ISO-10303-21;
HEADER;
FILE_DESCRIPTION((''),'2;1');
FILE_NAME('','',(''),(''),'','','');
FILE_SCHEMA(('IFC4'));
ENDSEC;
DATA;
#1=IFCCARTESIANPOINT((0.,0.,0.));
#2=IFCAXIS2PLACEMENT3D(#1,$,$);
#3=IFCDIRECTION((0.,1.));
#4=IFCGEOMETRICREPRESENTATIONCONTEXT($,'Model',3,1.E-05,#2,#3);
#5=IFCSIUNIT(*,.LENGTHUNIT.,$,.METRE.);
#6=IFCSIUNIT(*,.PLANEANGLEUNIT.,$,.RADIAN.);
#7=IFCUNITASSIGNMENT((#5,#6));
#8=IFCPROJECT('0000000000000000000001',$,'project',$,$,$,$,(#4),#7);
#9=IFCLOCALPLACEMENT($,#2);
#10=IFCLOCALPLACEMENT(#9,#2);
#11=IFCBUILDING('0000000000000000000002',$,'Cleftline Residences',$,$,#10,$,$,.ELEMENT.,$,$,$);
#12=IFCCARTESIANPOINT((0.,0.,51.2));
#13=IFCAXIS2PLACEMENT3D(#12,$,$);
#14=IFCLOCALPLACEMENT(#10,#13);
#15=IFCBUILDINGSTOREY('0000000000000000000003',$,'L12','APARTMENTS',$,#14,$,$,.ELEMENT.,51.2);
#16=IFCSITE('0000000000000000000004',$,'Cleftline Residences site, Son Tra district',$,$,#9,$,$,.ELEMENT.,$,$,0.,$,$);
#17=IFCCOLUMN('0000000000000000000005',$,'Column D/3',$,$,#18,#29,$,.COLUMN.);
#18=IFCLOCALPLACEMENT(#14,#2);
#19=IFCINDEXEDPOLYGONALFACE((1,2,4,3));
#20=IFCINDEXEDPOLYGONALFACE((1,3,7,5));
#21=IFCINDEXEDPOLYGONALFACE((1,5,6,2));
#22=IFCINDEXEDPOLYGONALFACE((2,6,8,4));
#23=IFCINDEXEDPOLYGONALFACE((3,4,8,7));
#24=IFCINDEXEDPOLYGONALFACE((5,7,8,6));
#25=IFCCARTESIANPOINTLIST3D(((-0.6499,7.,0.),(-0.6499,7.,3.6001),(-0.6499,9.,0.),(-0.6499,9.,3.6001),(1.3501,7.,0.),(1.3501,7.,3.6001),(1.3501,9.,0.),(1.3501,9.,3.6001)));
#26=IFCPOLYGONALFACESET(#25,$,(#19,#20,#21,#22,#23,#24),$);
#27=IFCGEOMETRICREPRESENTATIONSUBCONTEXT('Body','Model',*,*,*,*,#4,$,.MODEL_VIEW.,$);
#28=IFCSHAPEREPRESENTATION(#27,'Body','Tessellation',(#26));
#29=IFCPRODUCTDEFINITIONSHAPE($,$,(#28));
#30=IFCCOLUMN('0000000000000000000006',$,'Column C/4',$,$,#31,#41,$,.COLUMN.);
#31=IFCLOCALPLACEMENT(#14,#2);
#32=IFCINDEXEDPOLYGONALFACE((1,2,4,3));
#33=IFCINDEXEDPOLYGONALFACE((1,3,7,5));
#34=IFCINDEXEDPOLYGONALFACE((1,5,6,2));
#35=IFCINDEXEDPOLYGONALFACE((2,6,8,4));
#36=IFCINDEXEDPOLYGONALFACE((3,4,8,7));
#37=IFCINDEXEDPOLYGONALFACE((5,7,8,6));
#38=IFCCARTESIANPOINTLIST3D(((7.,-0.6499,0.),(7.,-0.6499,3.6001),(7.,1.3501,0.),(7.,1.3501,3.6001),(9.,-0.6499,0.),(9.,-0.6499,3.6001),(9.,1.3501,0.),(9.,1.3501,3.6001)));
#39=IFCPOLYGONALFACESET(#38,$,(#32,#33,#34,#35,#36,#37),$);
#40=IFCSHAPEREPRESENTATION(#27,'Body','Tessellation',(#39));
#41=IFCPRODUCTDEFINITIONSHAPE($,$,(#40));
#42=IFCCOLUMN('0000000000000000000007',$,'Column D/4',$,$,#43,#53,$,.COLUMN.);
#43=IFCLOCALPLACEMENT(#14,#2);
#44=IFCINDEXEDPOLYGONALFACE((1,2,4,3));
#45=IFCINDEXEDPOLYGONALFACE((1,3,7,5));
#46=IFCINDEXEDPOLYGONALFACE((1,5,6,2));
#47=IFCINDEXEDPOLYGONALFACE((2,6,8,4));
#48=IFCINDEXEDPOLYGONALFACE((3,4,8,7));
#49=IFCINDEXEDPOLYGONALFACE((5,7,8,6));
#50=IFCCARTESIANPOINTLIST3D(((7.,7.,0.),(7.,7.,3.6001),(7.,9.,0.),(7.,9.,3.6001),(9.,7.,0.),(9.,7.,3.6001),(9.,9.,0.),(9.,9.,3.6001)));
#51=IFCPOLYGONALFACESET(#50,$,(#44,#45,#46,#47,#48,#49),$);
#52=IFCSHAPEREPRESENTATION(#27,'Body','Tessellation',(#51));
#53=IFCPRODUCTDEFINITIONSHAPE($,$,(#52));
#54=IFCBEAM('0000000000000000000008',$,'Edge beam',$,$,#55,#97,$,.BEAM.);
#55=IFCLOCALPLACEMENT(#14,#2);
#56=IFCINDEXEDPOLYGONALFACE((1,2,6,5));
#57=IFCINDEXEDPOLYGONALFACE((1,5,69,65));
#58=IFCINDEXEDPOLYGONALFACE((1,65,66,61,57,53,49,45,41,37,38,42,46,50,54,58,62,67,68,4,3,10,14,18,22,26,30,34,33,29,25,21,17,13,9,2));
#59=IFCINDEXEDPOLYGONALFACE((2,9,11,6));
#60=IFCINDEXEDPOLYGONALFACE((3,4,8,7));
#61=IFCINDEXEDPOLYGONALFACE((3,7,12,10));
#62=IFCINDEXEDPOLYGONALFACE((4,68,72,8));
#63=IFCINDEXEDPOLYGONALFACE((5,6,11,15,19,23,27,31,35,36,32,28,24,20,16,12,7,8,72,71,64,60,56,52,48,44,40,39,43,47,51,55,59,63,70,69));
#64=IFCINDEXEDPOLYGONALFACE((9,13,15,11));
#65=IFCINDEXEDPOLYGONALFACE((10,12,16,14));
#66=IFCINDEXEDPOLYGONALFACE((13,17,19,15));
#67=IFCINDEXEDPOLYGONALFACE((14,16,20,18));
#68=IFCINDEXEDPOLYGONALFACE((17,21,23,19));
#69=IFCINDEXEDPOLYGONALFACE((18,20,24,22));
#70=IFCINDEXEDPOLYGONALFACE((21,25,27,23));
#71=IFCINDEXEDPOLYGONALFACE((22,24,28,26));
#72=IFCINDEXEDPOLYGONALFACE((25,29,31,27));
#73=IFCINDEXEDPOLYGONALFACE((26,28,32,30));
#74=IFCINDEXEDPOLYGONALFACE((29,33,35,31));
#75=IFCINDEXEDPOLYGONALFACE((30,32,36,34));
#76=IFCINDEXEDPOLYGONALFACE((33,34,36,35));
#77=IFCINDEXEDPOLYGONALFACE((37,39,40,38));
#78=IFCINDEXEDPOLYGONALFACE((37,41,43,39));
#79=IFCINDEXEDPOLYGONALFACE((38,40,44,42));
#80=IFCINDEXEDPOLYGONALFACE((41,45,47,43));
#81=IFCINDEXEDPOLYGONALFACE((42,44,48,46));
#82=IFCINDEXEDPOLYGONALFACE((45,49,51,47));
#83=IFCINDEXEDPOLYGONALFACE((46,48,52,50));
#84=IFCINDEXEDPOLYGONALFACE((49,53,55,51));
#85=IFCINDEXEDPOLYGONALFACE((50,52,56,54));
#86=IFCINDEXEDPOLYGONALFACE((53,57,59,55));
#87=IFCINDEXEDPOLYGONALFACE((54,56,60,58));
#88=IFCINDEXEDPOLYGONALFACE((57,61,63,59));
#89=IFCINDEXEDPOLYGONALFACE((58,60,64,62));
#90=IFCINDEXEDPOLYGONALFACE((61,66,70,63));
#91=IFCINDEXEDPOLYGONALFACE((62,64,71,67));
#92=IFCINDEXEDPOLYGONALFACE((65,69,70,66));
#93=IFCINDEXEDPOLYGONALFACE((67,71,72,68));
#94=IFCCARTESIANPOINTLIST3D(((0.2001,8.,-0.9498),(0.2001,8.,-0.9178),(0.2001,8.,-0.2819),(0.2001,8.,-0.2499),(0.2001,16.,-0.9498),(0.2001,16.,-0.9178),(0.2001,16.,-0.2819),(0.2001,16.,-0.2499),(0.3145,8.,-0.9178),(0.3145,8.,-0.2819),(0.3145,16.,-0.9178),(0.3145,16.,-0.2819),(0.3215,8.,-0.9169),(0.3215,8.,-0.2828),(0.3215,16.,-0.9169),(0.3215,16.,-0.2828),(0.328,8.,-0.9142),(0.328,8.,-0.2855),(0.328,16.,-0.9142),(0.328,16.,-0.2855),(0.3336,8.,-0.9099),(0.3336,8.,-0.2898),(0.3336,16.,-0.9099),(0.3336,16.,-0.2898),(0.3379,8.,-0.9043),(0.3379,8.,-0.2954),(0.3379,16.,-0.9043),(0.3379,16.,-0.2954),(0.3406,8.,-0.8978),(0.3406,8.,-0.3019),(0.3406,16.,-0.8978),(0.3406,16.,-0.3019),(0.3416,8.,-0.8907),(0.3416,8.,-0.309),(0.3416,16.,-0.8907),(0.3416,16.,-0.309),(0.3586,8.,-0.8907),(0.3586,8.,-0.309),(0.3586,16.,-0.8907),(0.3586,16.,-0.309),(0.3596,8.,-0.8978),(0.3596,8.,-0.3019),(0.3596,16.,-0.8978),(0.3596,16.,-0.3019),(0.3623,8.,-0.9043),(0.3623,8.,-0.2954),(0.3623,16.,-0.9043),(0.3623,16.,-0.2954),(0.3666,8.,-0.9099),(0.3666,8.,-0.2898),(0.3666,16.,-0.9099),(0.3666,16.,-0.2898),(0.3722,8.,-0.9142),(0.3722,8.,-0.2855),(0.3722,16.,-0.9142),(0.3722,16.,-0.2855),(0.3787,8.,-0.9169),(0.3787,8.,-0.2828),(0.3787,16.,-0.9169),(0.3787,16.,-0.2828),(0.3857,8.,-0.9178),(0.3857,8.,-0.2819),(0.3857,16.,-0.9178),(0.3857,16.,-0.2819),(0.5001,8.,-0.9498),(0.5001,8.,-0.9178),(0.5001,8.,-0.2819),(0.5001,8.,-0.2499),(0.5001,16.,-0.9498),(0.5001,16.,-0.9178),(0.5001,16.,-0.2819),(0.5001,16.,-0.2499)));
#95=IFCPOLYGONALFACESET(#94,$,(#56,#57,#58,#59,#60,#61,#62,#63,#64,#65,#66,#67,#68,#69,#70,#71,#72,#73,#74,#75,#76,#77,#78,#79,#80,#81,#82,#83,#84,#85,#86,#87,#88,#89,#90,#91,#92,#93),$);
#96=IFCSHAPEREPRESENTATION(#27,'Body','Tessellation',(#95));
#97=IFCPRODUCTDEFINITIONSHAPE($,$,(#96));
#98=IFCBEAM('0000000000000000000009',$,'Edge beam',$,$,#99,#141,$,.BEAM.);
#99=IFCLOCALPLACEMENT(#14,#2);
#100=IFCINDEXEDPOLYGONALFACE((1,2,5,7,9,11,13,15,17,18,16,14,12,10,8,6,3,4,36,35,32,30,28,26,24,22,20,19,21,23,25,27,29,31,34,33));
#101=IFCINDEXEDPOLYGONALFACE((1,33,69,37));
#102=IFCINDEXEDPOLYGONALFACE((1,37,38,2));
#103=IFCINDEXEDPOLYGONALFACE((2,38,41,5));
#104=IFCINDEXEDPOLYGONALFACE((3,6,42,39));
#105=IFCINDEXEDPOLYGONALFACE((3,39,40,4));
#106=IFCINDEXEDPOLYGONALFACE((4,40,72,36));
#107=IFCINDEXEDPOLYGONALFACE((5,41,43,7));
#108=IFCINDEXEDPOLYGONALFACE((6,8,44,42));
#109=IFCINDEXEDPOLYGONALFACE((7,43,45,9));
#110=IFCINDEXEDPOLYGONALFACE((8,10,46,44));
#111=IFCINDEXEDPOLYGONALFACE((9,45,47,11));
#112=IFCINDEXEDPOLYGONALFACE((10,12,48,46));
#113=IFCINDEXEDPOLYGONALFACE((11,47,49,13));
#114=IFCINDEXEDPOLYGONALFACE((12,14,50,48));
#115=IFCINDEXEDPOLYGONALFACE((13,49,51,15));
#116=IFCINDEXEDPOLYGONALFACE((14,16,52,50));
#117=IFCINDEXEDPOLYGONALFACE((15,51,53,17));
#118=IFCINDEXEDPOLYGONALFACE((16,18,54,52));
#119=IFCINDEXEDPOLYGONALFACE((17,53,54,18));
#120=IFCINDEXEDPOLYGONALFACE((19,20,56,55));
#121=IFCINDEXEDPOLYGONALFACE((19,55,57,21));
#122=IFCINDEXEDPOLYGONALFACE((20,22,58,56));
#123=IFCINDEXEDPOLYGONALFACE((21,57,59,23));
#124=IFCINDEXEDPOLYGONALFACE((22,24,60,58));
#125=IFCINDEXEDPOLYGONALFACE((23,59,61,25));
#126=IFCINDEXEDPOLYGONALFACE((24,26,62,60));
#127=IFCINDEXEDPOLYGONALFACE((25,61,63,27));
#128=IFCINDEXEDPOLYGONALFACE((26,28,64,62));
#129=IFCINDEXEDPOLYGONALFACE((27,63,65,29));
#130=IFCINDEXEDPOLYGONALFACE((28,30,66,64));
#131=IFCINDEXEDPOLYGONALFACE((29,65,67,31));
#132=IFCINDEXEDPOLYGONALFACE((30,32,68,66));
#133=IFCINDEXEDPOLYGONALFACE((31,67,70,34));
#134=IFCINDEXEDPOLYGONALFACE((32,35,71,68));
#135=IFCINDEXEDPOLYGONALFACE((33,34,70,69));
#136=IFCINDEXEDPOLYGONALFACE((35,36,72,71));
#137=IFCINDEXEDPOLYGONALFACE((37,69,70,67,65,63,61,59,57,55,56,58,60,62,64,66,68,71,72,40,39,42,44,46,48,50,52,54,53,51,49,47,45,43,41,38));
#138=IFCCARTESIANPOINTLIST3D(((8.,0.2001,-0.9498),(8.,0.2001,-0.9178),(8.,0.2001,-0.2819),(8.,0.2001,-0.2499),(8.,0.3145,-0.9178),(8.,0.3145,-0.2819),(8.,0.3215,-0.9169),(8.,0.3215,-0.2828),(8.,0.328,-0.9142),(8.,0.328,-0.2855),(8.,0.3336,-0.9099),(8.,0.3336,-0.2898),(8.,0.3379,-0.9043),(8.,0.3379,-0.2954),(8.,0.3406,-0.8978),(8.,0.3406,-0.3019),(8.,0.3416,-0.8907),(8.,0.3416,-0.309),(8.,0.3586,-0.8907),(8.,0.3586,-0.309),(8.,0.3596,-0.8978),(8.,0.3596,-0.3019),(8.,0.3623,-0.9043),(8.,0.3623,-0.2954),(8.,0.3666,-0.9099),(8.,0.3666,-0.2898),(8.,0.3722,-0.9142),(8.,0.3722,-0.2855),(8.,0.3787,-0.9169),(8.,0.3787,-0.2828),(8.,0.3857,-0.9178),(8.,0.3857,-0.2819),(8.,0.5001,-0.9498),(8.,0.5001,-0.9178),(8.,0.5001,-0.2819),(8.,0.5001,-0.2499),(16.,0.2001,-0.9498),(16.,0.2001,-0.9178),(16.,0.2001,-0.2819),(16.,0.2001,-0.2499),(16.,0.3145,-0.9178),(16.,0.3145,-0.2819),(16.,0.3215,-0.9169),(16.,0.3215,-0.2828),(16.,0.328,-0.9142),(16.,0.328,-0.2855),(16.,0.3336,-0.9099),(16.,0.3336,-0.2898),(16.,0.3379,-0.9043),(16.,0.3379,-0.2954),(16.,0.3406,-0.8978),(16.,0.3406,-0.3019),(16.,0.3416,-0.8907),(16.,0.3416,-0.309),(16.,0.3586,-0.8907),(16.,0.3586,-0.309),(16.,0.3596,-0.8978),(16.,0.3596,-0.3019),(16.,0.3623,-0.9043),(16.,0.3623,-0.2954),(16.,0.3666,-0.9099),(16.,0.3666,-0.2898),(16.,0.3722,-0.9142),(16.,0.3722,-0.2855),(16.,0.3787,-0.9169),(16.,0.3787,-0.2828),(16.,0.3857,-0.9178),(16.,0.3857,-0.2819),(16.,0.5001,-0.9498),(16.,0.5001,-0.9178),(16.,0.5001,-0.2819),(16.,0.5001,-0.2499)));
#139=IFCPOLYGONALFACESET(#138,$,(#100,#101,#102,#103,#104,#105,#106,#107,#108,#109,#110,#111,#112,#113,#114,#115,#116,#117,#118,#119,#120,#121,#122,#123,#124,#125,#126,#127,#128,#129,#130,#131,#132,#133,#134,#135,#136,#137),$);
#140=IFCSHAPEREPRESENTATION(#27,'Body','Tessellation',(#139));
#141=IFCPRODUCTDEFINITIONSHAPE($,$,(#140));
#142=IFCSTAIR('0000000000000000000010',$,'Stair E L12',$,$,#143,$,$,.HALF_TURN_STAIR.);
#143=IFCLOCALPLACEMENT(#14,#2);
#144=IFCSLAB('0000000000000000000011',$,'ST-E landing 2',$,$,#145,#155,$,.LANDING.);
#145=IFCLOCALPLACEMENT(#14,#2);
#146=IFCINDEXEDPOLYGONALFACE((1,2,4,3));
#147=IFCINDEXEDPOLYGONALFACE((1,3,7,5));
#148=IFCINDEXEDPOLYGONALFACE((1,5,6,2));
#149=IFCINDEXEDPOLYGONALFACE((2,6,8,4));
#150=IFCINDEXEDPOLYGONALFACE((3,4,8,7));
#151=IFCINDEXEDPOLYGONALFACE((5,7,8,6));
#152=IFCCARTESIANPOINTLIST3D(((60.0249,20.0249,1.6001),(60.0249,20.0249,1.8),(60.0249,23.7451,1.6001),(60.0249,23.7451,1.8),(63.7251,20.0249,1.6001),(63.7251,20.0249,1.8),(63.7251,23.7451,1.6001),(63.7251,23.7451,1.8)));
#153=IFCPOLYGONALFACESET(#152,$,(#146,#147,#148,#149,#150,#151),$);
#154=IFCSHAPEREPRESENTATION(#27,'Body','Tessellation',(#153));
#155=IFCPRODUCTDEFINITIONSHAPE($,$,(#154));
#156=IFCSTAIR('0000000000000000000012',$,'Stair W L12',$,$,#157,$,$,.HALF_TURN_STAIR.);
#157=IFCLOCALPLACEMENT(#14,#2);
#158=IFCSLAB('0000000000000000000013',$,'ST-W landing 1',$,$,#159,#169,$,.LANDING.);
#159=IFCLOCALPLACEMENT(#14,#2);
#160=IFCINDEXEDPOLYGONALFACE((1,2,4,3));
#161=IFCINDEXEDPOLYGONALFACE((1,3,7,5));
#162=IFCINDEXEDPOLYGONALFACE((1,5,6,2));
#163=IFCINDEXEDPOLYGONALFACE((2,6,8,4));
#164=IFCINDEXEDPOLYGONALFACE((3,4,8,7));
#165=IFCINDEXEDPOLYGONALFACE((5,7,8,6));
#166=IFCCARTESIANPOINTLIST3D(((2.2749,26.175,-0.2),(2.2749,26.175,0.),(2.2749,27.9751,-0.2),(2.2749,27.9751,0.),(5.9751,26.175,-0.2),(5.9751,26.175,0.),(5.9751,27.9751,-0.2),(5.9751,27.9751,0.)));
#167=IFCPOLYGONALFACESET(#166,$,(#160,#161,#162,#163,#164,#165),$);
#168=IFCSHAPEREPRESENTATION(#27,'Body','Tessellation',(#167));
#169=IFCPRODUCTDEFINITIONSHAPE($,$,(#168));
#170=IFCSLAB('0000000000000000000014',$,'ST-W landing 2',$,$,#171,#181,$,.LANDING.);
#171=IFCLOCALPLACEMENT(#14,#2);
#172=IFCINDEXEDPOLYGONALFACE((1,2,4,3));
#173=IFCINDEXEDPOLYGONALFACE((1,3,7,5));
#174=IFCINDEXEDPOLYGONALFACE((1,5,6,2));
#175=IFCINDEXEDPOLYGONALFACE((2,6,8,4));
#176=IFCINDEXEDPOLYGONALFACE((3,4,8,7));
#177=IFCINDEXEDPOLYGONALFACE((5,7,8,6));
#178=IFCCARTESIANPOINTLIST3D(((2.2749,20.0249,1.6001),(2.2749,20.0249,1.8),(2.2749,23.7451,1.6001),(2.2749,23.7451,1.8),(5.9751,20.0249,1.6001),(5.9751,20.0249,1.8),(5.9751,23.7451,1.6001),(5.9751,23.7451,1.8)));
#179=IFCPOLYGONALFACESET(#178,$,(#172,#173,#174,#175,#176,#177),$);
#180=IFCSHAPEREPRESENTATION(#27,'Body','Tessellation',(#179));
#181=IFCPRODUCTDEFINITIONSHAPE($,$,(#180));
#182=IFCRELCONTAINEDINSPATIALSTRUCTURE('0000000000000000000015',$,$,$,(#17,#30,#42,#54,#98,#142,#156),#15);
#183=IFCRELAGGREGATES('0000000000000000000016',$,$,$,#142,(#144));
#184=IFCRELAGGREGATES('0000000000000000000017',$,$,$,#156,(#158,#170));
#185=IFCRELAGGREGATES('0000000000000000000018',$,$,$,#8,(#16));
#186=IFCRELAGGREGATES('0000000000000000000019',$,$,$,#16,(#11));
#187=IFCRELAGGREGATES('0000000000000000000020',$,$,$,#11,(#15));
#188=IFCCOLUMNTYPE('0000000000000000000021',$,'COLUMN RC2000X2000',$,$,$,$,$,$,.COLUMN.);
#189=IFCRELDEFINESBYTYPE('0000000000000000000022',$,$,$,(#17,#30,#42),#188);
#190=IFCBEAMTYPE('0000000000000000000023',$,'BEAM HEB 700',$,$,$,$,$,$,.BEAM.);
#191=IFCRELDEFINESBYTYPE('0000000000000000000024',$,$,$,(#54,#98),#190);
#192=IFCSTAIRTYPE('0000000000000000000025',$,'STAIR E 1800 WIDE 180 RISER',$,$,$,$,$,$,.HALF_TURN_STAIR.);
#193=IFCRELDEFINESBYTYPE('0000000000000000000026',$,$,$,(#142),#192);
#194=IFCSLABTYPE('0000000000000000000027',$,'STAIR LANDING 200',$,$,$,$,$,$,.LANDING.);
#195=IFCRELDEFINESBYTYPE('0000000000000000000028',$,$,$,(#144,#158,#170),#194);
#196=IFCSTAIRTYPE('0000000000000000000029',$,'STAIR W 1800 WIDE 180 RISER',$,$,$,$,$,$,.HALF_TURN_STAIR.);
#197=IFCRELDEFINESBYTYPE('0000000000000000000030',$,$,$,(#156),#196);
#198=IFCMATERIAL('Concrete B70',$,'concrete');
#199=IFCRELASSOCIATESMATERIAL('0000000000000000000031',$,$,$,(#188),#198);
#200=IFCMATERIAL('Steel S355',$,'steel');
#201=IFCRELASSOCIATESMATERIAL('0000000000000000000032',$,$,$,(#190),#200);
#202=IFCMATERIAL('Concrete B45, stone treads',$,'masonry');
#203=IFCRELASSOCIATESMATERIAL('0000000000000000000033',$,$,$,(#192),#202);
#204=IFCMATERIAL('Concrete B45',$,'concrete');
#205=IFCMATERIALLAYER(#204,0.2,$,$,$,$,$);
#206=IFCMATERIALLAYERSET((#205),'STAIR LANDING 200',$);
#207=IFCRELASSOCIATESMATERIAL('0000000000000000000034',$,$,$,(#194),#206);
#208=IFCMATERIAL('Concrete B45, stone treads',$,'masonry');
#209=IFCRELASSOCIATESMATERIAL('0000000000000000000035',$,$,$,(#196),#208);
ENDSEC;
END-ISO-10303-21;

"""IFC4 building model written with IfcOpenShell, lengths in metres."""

from ifc_helpers import new_model, si_unit, direction, frame, origin, origin_2d, place, context, subcontext, project, spatial, polyline, rectangle, i_section, outline, extrude, material, layer, layer_set, material_profile, profile_set, type_object, element, aggregate, save


model = new_model("IFC4")

# Units and contexts
model_context = context("Model", 3, precision=1e-05, world=origin(), true_north=direction((0.0, 1.0)))
body_context = subcontext(model_context, "Body", "Model", "MODEL_VIEW")
ifc_project = project(units=[si_unit("LENGTHUNIT", "METRE"), si_unit("PLANEANGLEUNIT", "RADIAN")], contexts=[model_context])

# Site, building, storey
site_placement = place(None, origin())
site = spatial("IfcSite", under=ifc_project, at=site_placement, Name="Cleftline Residences site, Son Tra district", CompositionType="ELEMENT", RefElevation=0.0)
building_placement = place(site_placement, origin())
building = spatial("IfcBuilding", under=site, at=building_placement, Name="Cleftline Residences", CompositionType="ELEMENT")
storey_placement = place(building_placement, frame((0.0, 0.0, 51.2)))
storey = spatial("IfcBuildingStorey", under=building, at=storey_placement, Name="L12", Description="APARTMENTS", CompositionType="ELEMENT", Elevation=51.2)

# Columns
ifc_material_1 = material(Name="Concrete B70", Category="concrete")
ifc_material_profile_1 = material_profile(ifc_material_1, rectangle(XDim=2.0, YDim=2.0, at=origin_2d()))
ifc_profile_set_1 = profile_set([ifc_material_profile_1], Name="Concrete B70")
column_type = type_object("IfcColumnType", Name="COLUMN RC2000X2000", PredefinedType="COLUMN", material=ifc_profile_set_1)
for number, where, z_axis, x_axis, name in (
    (1, (0.3501, 8.0, 0.0), (0.0, 0.0, 1.0), (1.0, 0.0, 0.0), "Column D/3"),
    (2, (8.0, 0.3501, 0.0), (0.0, 0.0, 1.0), (1.0, 0.0, 0.0), "Column C/4"),
    (3, (8.0, 8.0, 0.0), (0.0, 0.0, 1.0), (1.0, 0.0, 0.0), "Column D/4"),
):
    element("IfcColumn", number, at=place(storey_placement, frame(where, z_axis=z_axis, x_axis=x_axis)), inside=storey, type_object=column_type, Name=name, PredefinedType="COLUMN", context=body_context, shape_type="SweptSolid", body=[
        extrude(rectangle(XDim=2.0, YDim=2.0, at=origin_2d()), origin(), (0.0, 0.0, 1.0), 3.6001),
    ])

# Beams
ifc_material_2 = material(Name="Steel S355", Category="steel")
ifc_material_profile_2 = material_profile(ifc_material_2, i_section(OverallWidth=0.3, OverallDepth=0.7, WebThickness=0.0171, FlangeThickness=0.032, FilletRadius=0.0271, at=origin_2d()))
ifc_profile_set_2 = profile_set([ifc_material_profile_2], Name="Steel S355")
beam_type = type_object("IfcBeamType", Name="BEAM HEB 700", PredefinedType="BEAM", material=ifc_profile_set_2)
for number, where, z_axis, x_axis, name in (
    (4, (0.3501, 8.0, -0.5999), (0.0, 1.0, 0.0), (-1.0, 0.0, 0.0), "Edge beam"),
    (5, (8.0, 0.3501, -0.5999), (1.0, 0.0, 0.0), (0.0, 1.0, 0.0), "Edge beam"),
):
    element("IfcBeam", number, at=place(storey_placement, frame(where, z_axis=z_axis, x_axis=x_axis)), inside=storey, type_object=beam_type, Name=name, PredefinedType="BEAM", context=body_context, shape_type="SweptSolid", body=[
        extrude(i_section(OverallWidth=0.3, OverallDepth=0.7, WebThickness=0.0171, FlangeThickness=0.032, FilletRadius=0.0271, at=origin_2d()), origin(), (0.0, 0.0, 1.0), 8.0),
    ])

# Stair, slab
ifc_material_3 = material(Name="Concrete B45, stone treads", Category="masonry")
stair_type_1 = type_object("IfcStairType", Name="STAIR E 1800 WIDE 180 RISER", PredefinedType="HALF_TURN_STAIR", material=ifc_material_3)
stair_1_placement = place(storey_placement, origin())
stair_1 = element("IfcStair", 6, at=stair_1_placement, inside=storey, type_object=stair_type_1, Name="Stair E L12", PredefinedType="HALF_TURN_STAIR")
ifc_material_4 = material(Name="Concrete B45", Category="concrete")
ifc_layer_1 = layer(ifc_material_4, 0.2)
ifc_layer_set_1 = layer_set([ifc_layer_1], Name="STAIR LANDING 200")
slab_type = type_object("IfcSlabType", Name="STAIR LANDING 200", PredefinedType="LANDING", material=ifc_layer_set_1)
slab_1_placement = place(storey_placement, frame((0.0, 0.0, 1.6001)))
slab_1 = element("IfcSlab", 7, at=slab_1_placement, type_object=slab_type, Name="ST-E landing 2", PredefinedType="LANDING", context=body_context, shape_type="SweptSolid", body=[
    extrude(outline(polyline([(60.0249, 20.0249), (63.7251, 20.0249), (63.7251, 23.7451), (60.0249, 23.7451), (60.0249, 20.0249)])), origin(), (0.0, 0.0, 1.0), 0.2),
])
aggregate(stair_1, [slab_1])

# Stair, slabs
ifc_material_5 = material(Name="Concrete B45, stone treads", Category="masonry")
stair_type_2 = type_object("IfcStairType", Name="STAIR W 1800 WIDE 180 RISER", PredefinedType="HALF_TURN_STAIR", material=ifc_material_5)
stair_2_placement = place(storey_placement, origin())
stair_2 = element("IfcStair", 8, at=stair_2_placement, inside=storey, type_object=stair_type_2, Name="Stair W L12", PredefinedType="HALF_TURN_STAIR")
slab_2_placement = place(storey_placement, frame((0.0, 0.0, -0.2)))
slab_2 = element("IfcSlab", 9, at=slab_2_placement, type_object=slab_type, Name="ST-W landing 1", PredefinedType="LANDING", context=body_context, shape_type="SweptSolid", body=[
    extrude(outline(polyline([(2.2749, 26.175), (5.9751, 26.175), (5.9751, 27.9751), (2.2749, 27.9751), (2.2749, 26.175)])), origin(), (0.0, 0.0, 1.0), 0.2),
])
slab_3_placement = place(storey_placement, frame((0.0, 0.0, 1.6001)))
slab_3 = element("IfcSlab", 10, at=slab_3_placement, type_object=slab_type, Name="ST-W landing 2", PredefinedType="LANDING", context=body_context, shape_type="SweptSolid", body=[
    extrude(outline(polyline([(2.2749, 20.0249), (5.9751, 20.0249), (5.9751, 23.7451), (2.2749, 23.7451), (2.2749, 20.0249)])), origin(), (0.0, 0.0, 1.0), 0.2),
])
aggregate(stair_2, [slab_2, slab_3])

save(model, "model.ifc")
